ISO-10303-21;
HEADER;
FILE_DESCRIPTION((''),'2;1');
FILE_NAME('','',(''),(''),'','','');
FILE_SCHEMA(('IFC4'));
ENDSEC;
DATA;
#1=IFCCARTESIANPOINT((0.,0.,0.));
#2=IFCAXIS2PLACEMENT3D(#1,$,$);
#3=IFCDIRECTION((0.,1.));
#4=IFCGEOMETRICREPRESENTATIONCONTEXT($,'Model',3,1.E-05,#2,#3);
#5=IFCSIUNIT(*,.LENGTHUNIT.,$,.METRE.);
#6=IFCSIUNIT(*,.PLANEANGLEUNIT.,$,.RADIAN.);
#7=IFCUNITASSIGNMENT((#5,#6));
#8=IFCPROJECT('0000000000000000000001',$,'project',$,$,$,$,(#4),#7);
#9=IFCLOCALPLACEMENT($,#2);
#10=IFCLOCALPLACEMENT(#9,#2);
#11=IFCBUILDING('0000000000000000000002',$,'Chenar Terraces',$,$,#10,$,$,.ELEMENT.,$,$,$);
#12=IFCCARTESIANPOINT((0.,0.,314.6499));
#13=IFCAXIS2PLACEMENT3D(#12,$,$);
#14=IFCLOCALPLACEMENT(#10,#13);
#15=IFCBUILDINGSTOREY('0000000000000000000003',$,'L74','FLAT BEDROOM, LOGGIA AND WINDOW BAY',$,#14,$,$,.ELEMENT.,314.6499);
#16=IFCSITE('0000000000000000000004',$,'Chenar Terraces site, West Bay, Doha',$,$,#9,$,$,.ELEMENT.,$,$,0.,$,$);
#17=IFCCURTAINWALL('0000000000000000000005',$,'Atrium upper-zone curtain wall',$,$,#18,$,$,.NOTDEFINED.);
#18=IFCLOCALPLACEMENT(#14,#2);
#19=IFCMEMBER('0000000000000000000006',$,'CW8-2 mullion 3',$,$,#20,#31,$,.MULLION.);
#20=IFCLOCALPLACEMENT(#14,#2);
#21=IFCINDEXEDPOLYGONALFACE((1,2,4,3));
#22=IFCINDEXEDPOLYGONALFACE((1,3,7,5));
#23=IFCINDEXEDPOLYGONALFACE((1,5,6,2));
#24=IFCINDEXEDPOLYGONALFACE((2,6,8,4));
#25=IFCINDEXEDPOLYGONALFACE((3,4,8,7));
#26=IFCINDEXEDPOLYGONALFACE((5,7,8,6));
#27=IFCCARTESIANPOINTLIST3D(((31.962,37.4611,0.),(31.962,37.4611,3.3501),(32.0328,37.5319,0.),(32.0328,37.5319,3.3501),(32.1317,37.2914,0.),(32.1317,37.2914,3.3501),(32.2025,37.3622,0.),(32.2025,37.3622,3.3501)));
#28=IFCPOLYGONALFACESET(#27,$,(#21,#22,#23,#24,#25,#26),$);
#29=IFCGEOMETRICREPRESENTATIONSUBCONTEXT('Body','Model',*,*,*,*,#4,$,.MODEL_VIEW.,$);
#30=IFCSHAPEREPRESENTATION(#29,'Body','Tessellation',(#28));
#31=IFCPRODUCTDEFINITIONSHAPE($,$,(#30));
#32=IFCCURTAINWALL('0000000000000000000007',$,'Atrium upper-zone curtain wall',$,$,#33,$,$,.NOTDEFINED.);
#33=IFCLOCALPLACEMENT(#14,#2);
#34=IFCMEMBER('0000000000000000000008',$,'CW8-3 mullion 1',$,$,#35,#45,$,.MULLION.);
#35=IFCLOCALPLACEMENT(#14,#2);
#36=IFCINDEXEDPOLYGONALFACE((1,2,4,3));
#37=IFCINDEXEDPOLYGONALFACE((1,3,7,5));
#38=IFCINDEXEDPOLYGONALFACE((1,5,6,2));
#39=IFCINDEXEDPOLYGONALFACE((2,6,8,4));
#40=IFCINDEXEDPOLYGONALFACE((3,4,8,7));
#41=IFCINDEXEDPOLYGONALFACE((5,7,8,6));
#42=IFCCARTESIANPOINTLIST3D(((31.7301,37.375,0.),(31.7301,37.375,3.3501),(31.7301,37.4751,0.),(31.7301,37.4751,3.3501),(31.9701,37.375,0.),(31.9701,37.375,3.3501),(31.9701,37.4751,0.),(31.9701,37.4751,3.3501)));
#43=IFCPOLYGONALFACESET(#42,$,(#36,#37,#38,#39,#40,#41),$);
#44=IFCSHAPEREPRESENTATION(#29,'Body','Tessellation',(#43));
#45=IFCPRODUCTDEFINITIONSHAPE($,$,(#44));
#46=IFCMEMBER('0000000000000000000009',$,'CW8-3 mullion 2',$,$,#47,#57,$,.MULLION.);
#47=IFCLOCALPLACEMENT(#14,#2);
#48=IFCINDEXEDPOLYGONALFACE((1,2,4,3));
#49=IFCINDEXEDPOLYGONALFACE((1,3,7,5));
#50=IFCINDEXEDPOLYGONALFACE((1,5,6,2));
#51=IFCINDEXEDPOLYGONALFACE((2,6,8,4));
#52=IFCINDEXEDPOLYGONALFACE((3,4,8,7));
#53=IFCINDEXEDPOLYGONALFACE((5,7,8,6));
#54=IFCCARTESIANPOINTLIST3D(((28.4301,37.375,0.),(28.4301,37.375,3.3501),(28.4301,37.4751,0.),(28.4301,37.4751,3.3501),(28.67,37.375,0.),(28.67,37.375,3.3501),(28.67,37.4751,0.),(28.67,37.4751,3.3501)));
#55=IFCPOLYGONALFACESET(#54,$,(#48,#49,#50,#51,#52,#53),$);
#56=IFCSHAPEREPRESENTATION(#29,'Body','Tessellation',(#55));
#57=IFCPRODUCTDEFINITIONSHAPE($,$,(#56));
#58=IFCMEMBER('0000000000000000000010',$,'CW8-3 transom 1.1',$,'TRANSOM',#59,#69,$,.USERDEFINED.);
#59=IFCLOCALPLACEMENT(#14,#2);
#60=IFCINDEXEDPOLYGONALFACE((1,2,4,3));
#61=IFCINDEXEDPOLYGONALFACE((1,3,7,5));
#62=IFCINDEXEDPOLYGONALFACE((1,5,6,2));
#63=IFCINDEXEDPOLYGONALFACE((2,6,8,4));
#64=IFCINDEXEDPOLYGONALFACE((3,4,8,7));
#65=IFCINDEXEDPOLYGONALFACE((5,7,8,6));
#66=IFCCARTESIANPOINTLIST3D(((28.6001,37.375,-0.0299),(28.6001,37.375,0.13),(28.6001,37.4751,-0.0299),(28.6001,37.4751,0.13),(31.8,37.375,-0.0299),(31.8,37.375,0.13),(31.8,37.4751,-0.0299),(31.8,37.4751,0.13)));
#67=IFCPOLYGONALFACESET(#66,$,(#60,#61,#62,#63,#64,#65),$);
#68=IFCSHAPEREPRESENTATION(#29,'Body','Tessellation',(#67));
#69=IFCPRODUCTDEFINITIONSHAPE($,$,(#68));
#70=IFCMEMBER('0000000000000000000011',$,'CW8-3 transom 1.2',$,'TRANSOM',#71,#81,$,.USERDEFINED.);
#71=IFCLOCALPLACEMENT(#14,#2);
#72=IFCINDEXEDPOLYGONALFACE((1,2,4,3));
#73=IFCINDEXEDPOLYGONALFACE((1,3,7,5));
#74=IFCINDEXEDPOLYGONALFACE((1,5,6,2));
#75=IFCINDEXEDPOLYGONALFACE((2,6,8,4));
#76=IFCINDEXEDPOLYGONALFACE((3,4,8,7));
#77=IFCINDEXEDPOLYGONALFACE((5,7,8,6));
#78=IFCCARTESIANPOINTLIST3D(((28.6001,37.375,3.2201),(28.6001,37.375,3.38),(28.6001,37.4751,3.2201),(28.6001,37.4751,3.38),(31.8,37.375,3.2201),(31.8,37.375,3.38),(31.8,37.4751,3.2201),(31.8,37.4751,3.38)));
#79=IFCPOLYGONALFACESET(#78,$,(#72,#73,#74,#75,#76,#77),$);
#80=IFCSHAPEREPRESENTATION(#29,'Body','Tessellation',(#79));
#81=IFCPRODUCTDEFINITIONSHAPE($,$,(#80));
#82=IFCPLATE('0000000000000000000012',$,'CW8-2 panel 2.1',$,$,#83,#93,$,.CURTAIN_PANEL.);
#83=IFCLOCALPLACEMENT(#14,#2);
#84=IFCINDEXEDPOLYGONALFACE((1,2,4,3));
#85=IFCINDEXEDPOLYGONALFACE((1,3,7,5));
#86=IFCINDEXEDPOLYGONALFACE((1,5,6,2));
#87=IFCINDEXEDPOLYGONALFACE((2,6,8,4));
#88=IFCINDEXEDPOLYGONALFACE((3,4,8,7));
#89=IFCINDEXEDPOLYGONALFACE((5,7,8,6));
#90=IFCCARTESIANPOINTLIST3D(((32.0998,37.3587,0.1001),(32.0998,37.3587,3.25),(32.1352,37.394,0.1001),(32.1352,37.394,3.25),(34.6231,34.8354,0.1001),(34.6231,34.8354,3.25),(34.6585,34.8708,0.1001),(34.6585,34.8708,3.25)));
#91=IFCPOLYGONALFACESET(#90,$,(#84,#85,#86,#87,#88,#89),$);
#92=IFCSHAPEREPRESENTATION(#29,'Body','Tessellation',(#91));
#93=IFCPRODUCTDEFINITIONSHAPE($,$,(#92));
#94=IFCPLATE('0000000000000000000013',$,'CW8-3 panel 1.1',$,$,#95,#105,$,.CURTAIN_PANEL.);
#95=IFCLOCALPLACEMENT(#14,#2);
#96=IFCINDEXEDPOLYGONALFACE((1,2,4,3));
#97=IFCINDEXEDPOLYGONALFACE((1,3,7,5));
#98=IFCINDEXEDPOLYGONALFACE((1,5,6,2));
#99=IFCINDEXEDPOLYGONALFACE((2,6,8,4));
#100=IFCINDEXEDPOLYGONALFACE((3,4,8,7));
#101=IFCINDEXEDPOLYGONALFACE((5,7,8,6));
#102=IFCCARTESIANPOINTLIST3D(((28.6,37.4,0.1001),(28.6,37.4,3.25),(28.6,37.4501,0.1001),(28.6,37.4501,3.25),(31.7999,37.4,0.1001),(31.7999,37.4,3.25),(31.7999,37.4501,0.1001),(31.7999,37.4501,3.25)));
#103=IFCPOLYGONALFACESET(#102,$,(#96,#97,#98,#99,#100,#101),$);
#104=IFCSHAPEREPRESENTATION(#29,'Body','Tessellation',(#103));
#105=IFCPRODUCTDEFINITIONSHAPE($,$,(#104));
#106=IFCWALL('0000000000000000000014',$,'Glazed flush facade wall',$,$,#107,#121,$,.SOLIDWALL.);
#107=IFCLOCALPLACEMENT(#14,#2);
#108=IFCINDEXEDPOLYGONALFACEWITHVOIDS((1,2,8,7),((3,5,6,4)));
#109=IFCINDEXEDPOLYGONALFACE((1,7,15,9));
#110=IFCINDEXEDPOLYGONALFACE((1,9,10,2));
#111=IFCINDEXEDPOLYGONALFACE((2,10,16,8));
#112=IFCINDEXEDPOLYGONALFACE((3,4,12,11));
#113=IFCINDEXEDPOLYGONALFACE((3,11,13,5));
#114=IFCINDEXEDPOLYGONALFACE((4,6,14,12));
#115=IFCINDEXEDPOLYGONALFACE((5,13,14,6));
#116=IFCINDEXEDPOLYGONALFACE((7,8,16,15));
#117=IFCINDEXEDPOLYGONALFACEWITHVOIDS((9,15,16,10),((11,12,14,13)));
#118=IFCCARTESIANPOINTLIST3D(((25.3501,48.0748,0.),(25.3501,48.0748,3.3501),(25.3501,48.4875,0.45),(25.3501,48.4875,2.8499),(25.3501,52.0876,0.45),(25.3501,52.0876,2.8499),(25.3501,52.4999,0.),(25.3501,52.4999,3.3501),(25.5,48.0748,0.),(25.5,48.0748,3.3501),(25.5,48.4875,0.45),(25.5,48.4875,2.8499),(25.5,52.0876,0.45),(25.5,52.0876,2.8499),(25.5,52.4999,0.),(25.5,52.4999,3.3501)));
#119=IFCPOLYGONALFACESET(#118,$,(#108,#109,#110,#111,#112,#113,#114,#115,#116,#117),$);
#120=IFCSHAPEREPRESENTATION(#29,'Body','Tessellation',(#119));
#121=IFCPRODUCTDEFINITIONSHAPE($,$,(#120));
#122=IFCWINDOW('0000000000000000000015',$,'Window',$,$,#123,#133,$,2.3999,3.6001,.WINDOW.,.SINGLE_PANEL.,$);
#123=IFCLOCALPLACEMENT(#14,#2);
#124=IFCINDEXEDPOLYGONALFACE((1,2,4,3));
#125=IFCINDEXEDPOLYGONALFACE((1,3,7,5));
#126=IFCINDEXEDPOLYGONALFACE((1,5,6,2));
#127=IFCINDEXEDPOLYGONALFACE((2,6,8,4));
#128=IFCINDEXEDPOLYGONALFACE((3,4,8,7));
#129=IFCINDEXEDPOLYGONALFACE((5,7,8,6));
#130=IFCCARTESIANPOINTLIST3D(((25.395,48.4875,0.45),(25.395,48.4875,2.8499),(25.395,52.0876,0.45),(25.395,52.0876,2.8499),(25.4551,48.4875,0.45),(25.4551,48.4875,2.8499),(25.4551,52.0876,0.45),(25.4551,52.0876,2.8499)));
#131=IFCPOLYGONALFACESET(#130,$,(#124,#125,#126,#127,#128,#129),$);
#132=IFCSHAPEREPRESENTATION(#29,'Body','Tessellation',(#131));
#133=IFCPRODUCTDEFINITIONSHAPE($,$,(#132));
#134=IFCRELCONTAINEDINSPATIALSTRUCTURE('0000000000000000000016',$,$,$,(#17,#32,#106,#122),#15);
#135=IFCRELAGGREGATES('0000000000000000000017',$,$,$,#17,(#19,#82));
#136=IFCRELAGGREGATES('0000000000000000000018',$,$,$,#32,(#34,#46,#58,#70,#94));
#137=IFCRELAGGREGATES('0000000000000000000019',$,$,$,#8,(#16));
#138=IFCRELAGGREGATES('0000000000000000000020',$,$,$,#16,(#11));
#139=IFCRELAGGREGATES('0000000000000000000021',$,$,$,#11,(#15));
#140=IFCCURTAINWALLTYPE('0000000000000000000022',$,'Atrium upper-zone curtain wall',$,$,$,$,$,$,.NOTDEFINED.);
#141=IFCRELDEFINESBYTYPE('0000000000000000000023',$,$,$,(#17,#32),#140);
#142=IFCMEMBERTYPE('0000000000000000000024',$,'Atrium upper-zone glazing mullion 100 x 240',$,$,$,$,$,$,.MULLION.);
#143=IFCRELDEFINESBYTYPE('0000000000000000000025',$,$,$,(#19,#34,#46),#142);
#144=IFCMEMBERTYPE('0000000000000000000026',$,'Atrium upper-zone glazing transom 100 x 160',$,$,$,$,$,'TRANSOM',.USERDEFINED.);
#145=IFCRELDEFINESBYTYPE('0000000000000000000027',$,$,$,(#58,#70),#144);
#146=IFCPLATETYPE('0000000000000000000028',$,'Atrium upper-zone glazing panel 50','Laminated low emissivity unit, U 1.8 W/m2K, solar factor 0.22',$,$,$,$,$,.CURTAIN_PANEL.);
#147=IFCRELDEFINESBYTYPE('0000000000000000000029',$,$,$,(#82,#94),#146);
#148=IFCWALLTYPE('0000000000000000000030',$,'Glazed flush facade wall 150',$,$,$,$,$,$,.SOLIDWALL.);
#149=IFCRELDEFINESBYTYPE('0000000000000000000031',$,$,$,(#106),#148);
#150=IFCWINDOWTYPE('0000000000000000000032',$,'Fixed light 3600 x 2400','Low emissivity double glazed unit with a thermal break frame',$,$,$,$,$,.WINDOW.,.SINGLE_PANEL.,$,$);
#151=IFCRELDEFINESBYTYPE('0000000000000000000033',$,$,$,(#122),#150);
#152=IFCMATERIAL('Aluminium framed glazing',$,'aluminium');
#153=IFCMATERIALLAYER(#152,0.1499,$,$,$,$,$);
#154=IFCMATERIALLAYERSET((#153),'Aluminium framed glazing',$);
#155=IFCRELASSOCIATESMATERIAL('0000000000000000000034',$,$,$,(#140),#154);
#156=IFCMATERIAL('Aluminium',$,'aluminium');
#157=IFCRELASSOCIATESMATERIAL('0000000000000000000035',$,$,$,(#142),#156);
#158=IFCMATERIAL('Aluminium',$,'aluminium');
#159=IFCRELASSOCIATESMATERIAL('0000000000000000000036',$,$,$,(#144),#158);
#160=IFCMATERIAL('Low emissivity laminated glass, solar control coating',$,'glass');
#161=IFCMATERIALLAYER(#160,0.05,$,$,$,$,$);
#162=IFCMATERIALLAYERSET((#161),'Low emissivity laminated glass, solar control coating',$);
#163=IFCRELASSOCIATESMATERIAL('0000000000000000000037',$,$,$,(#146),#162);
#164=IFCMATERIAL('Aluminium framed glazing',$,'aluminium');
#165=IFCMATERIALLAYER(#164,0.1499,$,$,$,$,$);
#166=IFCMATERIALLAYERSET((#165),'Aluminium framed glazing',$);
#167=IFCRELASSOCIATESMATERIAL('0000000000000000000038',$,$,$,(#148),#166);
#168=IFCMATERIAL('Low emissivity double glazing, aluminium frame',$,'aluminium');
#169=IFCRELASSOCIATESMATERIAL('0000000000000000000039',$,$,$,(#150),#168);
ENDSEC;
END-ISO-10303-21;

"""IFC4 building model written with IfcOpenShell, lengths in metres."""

from ifc_helpers import new_model, si_unit, direction, frame, frame_2d, origin, origin_2d, place, context, subcontext, project, spatial, rectangle, extrude, material, layer, layer_set, material_profile, profile_set, type_object, element, fill, aggregate, save


model = new_model("IFC4")

# Units and contexts
model_context = context("Model", 3, precision=1e-05, world=origin(), true_north=direction((0.0, 1.0)))
body_context = subcontext(model_context, "Body", "Model", "MODEL_VIEW")
ifc_project = project(units=[si_unit("LENGTHUNIT", "METRE"), si_unit("PLANEANGLEUNIT", "RADIAN")], contexts=[model_context])

# Site, building, storey
site_placement = place(None, origin())
site = spatial("IfcSite", under=ifc_project, at=site_placement, Name="Chenar Terraces site, West Bay, Doha", CompositionType="ELEMENT", RefElevation=0.0)
building_placement = place(site_placement, origin())
building = spatial("IfcBuilding", under=site, at=building_placement, Name="Chenar Terraces", CompositionType="ELEMENT")
storey_placement = place(building_placement, frame((0.0, 0.0, 314.6499)))
storey = spatial("IfcBuildingStorey", under=building, at=storey_placement, Name="L74", Description="FLAT BEDROOM, LOGGIA AND WINDOW BAY", CompositionType="ELEMENT", Elevation=314.6499)

# Curtain wall, member
ifc_material_1 = material(Name="Aluminium framed glazing", Category="aluminium")
ifc_layer_1 = layer(ifc_material_1, 0.1499)
ifc_layer_set_1 = layer_set([ifc_layer_1], Name="Aluminium framed glazing")
curtain_wall_type = type_object("IfcCurtainWallType", Name="Atrium upper-zone curtain wall", PredefinedType="NOTDEFINED", material=ifc_layer_set_1)
placement = place(storey_placement, origin())
curtain_wall_1 = element("IfcCurtainWall", 1, at=placement, inside=storey, type_object=curtain_wall_type, Name="Atrium upper-zone curtain wall", PredefinedType="NOTDEFINED")
ifc_material_2 = material(Name="Aluminium", Category="aluminium")
ifc_material_profile_1 = material_profile(ifc_material_2, rectangle(XDim=0.1001, YDim=0.24, at=origin_2d()), Name="Atrium upper-zone glazing mullion 100 x 240")
ifc_profile_set_1 = profile_set([ifc_material_profile_1], Name="Aluminium")
member_type_1 = type_object("IfcMemberType", Name="Atrium upper-zone glazing mullion 100 x 240", PredefinedType="MULLION", material=ifc_profile_set_1)
member_1_placement = place(storey_placement, frame((32.0823, 37.4116, 0.0), z_axis=(0.0, 0.0, 1.0), x_axis=(-0.707107, -0.707107, 0.0)))
member_1 = element("IfcMember", 2, at=member_1_placement, type_object=member_type_1, Name="CW8-2 mullion 3", PredefinedType="MULLION", context=body_context, shape_type="SweptSolid", body=[
    extrude(rectangle(XDim=0.1001, YDim=0.24, at=origin_2d()), origin(), (0.0, 0.0, 1.0), 3.3501),
])

# Curtain wall, members
curtain_wall_2 = element("IfcCurtainWall", 3, at=placement, inside=storey, type_object=curtain_wall_type, Name="Atrium upper-zone curtain wall", PredefinedType="NOTDEFINED")
member_2_placement = place(storey_placement, frame((31.8501, 37.425, 0.0), z_axis=(0.0, 0.0, 1.0), x_axis=(0.0, -1.0, 0.0)))
member_2 = element("IfcMember", 4, at=member_2_placement, type_object=member_type_1, Name="CW8-3 mullion 1", PredefinedType="MULLION", context=body_context, shape_type="SweptSolid", body=[
    extrude(rectangle(XDim=0.1001, YDim=0.24, at=origin_2d()), origin(), (0.0, 0.0, 1.0), 3.3501),
])
member_3_placement = place(storey_placement, frame((28.55, 37.425, 0.0), z_axis=(0.0, 0.0, 1.0), x_axis=(0.0, -1.0, 0.0)))
member_3 = element("IfcMember", 5, at=member_3_placement, type_object=member_type_1, Name="CW8-3 mullion 2", PredefinedType="MULLION", context=body_context, shape_type="SweptSolid", body=[
    extrude(rectangle(XDim=0.1001, YDim=0.24, at=origin_2d()), origin(), (0.0, 0.0, 1.0), 3.3501),
])
ifc_material_3 = material(Name="Aluminium", Category="aluminium")
ifc_material_profile_2 = material_profile(ifc_material_3, rectangle(XDim=0.1001, YDim=0.1599, at=origin_2d()), Name="Atrium upper-zone glazing transom 100 x 160")
ifc_profile_set_2 = profile_set([ifc_material_profile_2], Name="Aluminium")
member_type_2 = type_object("IfcMemberType", Name="Atrium upper-zone glazing transom 100 x 160", ElementType="TRANSOM", PredefinedType="USERDEFINED", material=ifc_profile_set_2)
member_4_placement = place(storey_placement, frame((31.8, 37.425, 0.05), z_axis=(-1.0, 0.0, 0.0), x_axis=(0.0, -1.0, 0.0)))
member_4 = element("IfcMember", 6, at=member_4_placement, type_object=member_type_2, Name="CW8-3 transom 1.1", ObjectType="TRANSOM", PredefinedType="USERDEFINED", context=body_context, shape_type="SweptSolid", body=[
    extrude(rectangle(XDim=0.1001, YDim=0.1599, at=origin_2d()), origin(), (0.0, 0.0, 1.0), 3.2),
])
member_5_placement = place(storey_placement, frame((31.8, 37.425, 3.3), z_axis=(-1.0, 0.0, 0.0), x_axis=(0.0, -1.0, 0.0)))
member_5 = element("IfcMember", 7, at=member_5_placement, type_object=member_type_2, Name="CW8-3 transom 1.2", ObjectType="TRANSOM", PredefinedType="USERDEFINED", context=body_context, shape_type="SweptSolid", body=[
    extrude(rectangle(XDim=0.1001, YDim=0.1599, at=origin_2d()), origin(), (0.0, 0.0, 1.0), 3.2),
])

# Plates
ifc_material_4 = material(Name="Low emissivity laminated glass, solar control coating", Category="glass")
ifc_layer_2 = layer(ifc_material_4, 0.05)
ifc_layer_set_2 = layer_set([ifc_layer_2], Name="Low emissivity laminated glass, solar control coating")
plate_type = type_object("IfcPlateType", Name="Atrium upper-zone glazing panel 50", Description="Laminated low emissivity unit, U 1.8 W/m2K, solar factor 0.22", PredefinedType="CURTAIN_PANEL", material=ifc_layer_set_2)
plate_1_placement = place(storey_placement, frame((33.3792, 36.1147, 0.1001), z_axis=(0.0, 0.0, 1.0), x_axis=(-0.707107, 0.707107, 0.0)))
plate_1 = element("IfcPlate", 8, at=plate_1_placement, type_object=plate_type, Name="CW8-2 panel 2.1", PredefinedType="CURTAIN_PANEL", context=body_context, shape_type="SweptSolid", body=[
    extrude(rectangle(XDim=3.5684, YDim=0.05, at=origin_2d()), origin(), (0.0, 0.0, 1.0), 3.1499),
])
aggregate(curtain_wall_1, [member_1, plate_1])
plate_2_placement = place(storey_placement, frame((30.2, 37.425, 0.1001), z_axis=(0.0, 0.0, 1.0), x_axis=(-1.0, 0.0, 0.0)))
plate_2 = element("IfcPlate", 9, at=plate_2_placement, type_object=plate_type, Name="CW8-3 panel 1.1", PredefinedType="CURTAIN_PANEL", context=body_context, shape_type="SweptSolid", body=[
    extrude(rectangle(XDim=3.2, YDim=0.05, at=origin_2d()), origin(), (0.0, 0.0, 1.0), 3.1499),
])
aggregate(curtain_wall_2, [member_2, member_3, member_4, member_5, plate_2])

# Wall, opening, window
ifc_material_5 = material(Name="Aluminium framed glazing", Category="aluminium")
ifc_layer_3 = layer(ifc_material_5, 0.1499)
ifc_layer_set_3 = layer_set([ifc_layer_3], Name="Aluminium framed glazing")
wall_type_1 = type_object("IfcWallType", Name="Glazed flush facade wall 150", PredefinedType="SOLIDWALL", material=ifc_layer_set_3)
wall_1_placement = place(storey_placement, frame((25.425, 48.075, 0.0), z_axis=(0.0, 0.0, 1.0), x_axis=(0.0, 1.0, 0.0)))
wall_1 = element("IfcWall", 10, at=wall_1_placement, inside=storey, type_object=wall_type_1, Name="Glazed flush facade wall", PredefinedType="SOLIDWALL", context=body_context, shape_type="SweptSolid", body=[
    extrude(rectangle(XDim=4.425, YDim=0.1499, at=frame_2d((2.2124, 0.0))), origin(), (0.0, 0.0, 1.0), 3.3501),
])
opening_1_placement = place(wall_1_placement, frame((0.4126, 0.0, 0.45)))
opening_1 = element("IfcOpeningElement", 11, at=opening_1_placement, cuts=wall_1, PredefinedType="OPENING", context=body_context, shape_type="SweptSolid", body=[
    extrude(rectangle(XDim=3.6001, YDim=2.3999, at=frame_2d((1.8, 1.2))), frame((0.0, 0.085, 0.0), z_axis=(0.0, -1.0, 0.0), x_axis=(1.0, 0.0, 0.0)), (0.0, 0.0, 1.0), 0.1699),
])
ifc_material_6 = material(Name="Low emissivity double glazing, aluminium frame", Category="aluminium")
window_type_1 = type_object("IfcWindowType", Name="Fixed light 3600 x 2400", Description="Low emissivity double glazed unit with a thermal break frame", PartitioningType="SINGLE_PANEL", PredefinedType="WINDOW", material=ifc_material_6)
window_1_placement = place(opening_1_placement, origin())
window_1 = element("IfcWindow", 12, at=window_1_placement, inside=storey, type_object=window_type_1, Name="Window", OverallHeight=2.3999, OverallWidth=3.6001, PartitioningType="SINGLE_PANEL", PredefinedType="WINDOW", context=body_context, shape_type="SweptSolid", body=[
    extrude(rectangle(XDim=3.6001, YDim=2.3999, at=frame_2d((1.8, 1.2))), frame((0.0, 0.03, 0.0), z_axis=(0.0, -1.0, 0.0), x_axis=(1.0, 0.0, 0.0)), (0.0, 0.0, 1.0), 0.0601),
])
fill(opening_1, window_1)

save(model, "model.ifc")
